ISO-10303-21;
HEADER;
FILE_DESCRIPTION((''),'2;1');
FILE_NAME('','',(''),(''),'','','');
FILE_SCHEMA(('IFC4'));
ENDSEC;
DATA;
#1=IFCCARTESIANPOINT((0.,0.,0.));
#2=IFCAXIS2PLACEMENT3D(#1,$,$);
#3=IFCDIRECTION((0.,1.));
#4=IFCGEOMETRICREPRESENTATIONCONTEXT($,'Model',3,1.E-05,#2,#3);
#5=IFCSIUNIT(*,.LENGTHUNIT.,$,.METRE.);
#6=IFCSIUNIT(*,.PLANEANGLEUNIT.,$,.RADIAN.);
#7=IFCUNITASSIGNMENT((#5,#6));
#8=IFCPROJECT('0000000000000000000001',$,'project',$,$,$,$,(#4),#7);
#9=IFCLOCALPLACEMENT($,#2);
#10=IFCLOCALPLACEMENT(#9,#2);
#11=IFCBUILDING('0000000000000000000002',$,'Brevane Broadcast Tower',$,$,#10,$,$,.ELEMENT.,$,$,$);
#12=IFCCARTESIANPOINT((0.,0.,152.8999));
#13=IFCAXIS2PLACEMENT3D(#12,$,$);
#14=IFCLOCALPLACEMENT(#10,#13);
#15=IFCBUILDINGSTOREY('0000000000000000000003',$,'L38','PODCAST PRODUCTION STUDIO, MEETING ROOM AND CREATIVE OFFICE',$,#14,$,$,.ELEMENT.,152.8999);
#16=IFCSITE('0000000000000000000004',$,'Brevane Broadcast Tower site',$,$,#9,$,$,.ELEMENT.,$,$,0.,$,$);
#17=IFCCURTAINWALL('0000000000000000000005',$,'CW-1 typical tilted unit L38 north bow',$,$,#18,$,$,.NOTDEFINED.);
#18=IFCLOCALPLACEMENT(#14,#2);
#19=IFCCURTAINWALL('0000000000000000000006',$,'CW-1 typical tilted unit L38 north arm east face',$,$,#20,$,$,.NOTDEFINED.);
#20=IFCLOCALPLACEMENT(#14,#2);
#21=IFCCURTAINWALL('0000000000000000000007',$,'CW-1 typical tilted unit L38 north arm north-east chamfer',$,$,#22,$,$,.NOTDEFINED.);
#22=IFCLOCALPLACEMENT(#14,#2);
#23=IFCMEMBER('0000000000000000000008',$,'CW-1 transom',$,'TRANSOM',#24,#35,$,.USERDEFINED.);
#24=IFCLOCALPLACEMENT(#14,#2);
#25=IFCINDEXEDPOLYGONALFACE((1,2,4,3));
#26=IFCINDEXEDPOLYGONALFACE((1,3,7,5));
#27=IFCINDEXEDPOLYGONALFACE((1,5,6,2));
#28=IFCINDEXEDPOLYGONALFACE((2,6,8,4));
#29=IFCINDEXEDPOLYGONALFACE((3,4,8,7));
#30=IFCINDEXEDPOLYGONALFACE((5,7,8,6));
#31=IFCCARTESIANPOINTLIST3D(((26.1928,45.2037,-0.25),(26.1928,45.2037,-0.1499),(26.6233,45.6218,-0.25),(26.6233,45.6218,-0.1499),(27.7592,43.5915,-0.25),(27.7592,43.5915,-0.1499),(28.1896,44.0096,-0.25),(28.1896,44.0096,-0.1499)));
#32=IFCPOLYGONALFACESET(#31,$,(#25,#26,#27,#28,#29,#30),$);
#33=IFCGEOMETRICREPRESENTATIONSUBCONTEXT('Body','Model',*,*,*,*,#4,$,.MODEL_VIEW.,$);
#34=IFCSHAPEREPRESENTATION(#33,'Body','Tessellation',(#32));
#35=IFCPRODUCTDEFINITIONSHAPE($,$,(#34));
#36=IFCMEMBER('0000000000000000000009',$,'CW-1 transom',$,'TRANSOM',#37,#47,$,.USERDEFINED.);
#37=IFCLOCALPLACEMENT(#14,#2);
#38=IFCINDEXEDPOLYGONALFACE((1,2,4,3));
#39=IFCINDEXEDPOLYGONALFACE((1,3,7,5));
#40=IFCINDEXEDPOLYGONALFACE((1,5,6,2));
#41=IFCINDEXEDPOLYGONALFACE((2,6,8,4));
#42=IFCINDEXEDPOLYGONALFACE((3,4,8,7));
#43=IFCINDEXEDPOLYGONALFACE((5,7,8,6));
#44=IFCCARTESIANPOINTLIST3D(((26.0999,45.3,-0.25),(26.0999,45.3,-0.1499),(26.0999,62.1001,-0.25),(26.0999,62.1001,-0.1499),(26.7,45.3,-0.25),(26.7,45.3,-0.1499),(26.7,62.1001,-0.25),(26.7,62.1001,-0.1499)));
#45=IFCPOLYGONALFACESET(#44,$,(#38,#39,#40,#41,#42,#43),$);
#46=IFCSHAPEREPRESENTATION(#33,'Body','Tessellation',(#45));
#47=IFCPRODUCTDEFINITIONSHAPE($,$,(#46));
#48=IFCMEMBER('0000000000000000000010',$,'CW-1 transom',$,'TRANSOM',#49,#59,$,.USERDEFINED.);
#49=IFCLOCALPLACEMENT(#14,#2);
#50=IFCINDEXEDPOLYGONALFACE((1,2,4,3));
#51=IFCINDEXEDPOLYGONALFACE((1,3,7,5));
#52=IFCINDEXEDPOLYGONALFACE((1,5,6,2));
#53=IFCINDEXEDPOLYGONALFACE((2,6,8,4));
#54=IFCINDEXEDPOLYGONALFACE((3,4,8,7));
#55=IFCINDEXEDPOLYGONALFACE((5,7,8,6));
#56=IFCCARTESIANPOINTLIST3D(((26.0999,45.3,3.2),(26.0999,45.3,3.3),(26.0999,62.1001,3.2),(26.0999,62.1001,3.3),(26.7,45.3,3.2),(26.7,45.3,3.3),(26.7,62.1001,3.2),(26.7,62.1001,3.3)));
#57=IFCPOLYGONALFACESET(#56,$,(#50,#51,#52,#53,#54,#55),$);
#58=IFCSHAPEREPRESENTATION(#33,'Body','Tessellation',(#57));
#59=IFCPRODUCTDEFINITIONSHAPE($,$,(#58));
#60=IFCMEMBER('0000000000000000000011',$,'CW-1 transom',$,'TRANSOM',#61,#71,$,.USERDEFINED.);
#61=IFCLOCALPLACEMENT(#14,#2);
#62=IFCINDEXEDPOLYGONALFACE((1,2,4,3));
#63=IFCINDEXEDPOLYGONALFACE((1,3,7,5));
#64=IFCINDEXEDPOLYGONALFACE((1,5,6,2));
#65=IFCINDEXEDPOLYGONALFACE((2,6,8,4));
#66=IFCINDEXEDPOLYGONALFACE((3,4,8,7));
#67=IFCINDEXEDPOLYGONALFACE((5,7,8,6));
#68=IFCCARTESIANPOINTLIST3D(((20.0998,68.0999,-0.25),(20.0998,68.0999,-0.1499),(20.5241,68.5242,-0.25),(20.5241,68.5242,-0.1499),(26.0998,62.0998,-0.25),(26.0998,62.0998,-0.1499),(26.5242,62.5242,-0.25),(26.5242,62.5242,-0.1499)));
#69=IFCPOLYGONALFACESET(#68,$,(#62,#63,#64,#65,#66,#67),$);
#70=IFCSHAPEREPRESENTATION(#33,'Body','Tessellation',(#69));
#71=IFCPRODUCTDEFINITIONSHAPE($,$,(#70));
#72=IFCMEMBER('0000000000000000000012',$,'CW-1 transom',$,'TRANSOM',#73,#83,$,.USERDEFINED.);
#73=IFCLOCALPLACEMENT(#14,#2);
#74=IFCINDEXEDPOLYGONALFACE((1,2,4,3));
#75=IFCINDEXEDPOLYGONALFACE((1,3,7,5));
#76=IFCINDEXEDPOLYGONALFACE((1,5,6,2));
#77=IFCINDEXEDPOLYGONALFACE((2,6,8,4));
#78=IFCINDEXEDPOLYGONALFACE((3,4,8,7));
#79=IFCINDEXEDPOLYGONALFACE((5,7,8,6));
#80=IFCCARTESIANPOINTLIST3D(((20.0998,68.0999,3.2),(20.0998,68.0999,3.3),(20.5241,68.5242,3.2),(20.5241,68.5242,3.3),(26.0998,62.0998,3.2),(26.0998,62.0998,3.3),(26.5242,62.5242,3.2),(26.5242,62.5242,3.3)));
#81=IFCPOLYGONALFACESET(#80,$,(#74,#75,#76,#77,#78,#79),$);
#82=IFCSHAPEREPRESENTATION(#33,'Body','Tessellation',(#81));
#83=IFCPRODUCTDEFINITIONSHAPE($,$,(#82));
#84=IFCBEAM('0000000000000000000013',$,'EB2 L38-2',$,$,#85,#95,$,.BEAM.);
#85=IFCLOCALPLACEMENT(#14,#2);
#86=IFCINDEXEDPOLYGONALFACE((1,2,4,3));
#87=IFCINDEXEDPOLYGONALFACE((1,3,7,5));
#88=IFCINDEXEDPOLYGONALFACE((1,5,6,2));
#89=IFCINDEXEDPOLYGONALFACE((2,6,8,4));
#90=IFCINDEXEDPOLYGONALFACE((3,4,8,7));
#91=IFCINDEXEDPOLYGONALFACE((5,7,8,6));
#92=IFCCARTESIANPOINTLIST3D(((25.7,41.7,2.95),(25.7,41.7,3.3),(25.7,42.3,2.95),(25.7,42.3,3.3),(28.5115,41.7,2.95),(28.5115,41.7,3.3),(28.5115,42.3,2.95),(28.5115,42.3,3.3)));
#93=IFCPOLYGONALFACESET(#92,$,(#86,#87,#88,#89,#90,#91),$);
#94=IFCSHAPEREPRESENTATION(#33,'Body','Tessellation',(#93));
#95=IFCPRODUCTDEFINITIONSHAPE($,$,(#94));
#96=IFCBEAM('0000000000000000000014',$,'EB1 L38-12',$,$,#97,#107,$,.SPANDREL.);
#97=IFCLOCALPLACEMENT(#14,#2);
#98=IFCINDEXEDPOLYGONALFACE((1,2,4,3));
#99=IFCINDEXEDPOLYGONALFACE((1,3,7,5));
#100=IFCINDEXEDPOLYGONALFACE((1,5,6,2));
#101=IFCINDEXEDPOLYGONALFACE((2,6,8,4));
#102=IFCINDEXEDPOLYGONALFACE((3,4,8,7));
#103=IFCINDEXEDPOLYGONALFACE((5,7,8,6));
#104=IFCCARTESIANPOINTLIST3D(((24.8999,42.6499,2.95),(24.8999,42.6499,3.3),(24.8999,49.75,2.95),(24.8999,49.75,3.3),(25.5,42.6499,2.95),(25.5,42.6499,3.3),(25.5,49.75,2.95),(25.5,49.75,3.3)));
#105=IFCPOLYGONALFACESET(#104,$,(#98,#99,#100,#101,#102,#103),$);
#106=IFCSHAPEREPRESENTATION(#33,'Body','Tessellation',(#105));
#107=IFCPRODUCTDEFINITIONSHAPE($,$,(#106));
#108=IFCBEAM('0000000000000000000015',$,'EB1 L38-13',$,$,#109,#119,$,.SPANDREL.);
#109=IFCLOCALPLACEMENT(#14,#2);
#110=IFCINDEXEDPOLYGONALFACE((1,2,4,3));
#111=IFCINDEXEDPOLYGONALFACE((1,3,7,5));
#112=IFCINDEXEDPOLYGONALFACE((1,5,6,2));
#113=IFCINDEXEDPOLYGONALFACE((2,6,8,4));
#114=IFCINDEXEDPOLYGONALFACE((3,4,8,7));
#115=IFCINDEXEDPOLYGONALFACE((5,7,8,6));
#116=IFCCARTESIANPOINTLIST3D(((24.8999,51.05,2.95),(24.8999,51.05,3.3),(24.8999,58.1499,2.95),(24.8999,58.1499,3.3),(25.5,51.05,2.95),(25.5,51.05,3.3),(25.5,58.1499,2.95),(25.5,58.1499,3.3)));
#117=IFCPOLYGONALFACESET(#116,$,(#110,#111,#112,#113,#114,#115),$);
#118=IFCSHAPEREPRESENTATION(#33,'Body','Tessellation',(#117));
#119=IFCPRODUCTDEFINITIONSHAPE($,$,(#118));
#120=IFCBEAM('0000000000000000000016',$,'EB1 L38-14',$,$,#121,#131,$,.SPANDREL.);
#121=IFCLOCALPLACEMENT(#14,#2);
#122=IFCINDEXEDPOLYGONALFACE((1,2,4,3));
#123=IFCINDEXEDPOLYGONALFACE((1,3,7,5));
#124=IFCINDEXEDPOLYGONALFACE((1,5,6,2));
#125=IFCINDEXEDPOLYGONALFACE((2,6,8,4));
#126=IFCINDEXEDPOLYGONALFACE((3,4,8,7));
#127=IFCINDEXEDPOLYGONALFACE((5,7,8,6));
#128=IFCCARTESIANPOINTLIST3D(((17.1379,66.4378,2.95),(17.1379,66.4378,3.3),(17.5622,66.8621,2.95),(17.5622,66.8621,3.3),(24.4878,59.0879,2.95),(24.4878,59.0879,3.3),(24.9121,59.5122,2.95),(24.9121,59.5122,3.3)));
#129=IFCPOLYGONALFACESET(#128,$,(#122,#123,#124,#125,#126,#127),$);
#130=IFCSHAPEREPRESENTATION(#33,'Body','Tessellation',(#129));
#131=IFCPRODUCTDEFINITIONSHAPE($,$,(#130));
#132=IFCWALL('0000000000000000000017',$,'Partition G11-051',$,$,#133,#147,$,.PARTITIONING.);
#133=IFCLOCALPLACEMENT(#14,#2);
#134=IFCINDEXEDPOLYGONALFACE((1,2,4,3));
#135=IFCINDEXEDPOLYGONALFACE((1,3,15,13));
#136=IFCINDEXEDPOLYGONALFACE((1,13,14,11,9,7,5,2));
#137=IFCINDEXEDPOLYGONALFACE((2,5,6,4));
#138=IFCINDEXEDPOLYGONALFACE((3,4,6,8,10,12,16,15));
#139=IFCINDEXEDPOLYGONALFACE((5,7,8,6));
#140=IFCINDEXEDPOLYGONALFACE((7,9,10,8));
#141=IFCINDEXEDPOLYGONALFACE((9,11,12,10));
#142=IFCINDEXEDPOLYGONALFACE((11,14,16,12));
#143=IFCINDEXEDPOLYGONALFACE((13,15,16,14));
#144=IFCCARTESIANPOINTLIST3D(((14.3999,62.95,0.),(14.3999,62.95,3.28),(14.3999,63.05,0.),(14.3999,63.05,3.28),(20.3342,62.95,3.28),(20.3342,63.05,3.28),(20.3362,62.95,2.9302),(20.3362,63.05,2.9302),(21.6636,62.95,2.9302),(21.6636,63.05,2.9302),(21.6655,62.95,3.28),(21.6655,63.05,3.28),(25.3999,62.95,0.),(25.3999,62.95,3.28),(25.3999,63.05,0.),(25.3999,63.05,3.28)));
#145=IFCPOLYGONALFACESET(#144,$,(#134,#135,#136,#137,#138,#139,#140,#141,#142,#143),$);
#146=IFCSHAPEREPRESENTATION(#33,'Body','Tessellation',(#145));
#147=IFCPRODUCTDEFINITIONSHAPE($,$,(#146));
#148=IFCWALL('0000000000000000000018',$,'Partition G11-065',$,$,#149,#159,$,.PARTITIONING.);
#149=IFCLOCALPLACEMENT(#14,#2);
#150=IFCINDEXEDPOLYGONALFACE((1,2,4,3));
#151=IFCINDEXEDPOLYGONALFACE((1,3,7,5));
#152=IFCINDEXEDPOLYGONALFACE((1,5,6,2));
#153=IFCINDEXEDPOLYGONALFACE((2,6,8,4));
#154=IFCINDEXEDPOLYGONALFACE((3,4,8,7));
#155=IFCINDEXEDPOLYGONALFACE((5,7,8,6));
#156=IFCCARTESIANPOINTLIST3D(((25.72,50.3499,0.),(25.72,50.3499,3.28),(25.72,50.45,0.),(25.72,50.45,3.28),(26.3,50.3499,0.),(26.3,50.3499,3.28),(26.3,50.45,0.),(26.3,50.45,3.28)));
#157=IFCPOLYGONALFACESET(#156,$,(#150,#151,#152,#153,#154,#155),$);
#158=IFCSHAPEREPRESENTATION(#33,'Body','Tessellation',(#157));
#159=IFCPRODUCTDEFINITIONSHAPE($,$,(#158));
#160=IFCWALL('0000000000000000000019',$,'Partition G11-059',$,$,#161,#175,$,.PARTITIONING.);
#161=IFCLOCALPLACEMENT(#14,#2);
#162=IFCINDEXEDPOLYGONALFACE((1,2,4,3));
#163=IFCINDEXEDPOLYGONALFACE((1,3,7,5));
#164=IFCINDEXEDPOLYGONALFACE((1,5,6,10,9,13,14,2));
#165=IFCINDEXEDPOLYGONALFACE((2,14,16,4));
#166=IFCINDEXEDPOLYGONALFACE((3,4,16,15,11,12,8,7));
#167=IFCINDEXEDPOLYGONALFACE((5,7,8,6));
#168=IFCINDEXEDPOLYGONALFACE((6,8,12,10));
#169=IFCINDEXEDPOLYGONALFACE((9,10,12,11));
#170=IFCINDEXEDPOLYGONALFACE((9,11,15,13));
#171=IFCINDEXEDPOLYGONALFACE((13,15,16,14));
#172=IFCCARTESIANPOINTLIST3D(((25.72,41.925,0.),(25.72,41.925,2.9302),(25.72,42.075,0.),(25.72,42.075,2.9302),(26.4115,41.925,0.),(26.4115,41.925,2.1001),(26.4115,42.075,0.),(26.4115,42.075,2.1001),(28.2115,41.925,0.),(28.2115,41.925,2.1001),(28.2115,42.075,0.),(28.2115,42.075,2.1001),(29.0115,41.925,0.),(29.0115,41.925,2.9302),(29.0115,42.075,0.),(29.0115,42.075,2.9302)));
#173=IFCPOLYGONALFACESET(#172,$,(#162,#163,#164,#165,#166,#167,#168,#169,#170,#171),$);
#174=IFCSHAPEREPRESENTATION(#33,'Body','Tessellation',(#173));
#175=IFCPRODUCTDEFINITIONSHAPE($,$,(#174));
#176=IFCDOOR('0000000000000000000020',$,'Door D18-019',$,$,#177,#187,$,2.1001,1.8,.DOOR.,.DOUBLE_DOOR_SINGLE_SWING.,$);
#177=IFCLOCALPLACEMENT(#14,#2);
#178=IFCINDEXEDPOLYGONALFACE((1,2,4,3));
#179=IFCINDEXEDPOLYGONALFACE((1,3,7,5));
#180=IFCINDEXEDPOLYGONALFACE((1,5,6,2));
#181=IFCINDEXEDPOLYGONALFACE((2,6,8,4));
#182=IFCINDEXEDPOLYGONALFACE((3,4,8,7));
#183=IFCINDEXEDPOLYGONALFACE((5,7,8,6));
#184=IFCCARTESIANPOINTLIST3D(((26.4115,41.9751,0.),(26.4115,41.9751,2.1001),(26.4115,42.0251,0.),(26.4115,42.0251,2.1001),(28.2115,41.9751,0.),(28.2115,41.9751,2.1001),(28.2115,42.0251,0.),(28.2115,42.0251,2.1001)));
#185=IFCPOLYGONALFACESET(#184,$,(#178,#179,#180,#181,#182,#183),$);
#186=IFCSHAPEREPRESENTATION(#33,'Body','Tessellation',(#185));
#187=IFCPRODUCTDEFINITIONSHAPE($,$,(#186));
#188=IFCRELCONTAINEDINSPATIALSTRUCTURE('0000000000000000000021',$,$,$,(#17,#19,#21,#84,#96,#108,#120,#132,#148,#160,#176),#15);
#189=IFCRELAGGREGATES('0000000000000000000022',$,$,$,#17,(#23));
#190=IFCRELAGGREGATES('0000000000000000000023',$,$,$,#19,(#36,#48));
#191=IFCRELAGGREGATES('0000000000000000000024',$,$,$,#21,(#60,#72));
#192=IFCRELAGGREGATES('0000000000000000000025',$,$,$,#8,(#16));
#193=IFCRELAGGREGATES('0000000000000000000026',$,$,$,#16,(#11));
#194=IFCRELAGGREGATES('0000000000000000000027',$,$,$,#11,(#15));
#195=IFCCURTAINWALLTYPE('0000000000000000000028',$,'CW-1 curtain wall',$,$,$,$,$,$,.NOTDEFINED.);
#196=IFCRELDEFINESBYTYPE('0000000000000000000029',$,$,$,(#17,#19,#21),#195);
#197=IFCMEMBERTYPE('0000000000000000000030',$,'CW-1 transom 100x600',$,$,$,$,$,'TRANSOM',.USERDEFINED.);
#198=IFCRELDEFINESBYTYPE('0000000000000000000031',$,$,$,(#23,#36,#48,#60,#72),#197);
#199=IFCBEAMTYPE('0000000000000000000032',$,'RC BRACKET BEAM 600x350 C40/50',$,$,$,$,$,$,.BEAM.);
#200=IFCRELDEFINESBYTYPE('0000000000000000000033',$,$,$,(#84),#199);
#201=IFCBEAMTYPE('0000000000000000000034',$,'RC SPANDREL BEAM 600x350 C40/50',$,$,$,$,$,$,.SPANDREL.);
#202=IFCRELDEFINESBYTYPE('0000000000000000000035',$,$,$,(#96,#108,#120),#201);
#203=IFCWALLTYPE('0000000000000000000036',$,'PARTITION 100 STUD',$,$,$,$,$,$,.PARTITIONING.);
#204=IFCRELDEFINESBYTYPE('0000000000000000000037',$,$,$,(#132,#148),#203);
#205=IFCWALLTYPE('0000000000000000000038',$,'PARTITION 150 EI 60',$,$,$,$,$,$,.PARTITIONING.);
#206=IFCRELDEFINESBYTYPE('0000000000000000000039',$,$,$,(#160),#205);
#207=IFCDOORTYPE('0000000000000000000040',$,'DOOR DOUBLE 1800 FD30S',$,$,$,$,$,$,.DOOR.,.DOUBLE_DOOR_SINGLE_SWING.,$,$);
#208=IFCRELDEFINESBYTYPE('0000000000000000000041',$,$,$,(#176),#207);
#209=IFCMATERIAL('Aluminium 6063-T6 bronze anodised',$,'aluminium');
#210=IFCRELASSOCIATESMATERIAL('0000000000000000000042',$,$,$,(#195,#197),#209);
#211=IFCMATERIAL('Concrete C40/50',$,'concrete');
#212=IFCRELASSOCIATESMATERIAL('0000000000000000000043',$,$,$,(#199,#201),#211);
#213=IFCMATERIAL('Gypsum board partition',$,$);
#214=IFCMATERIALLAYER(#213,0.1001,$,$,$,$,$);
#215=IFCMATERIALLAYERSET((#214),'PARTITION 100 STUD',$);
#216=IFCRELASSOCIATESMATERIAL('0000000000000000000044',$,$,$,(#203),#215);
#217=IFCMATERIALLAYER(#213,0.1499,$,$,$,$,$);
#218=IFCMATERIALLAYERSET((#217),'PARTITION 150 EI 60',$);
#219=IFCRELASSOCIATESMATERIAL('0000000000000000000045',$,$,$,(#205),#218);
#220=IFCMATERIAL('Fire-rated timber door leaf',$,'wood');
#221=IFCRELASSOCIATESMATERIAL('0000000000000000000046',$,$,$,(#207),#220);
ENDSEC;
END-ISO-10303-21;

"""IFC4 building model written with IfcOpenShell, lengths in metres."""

from ifc_helpers import new_model, si_unit, direction, frame, frame_2d, origin, origin_2d, place, context, subcontext, project, spatial, polyline, rectangle, outline, extrude, material, layer, layer_set, material_profile, profile_set, type_object, element, fill, aggregate, save


model = new_model("IFC4")

# Units and contexts
model_context = context("Model", 3, precision=1e-05, world=origin(), true_north=direction((0.0, 1.0)))
body_context = subcontext(model_context, "Body", "Model", "MODEL_VIEW")
ifc_project = project(units=[si_unit("LENGTHUNIT", "METRE"), si_unit("PLANEANGLEUNIT", "RADIAN")], contexts=[model_context])

# Site, building, storey
site_placement = place(None, origin())
site = spatial("IfcSite", under=ifc_project, at=site_placement, Name="Brevane Broadcast Tower site", CompositionType="ELEMENT", RefElevation=0.0)
building_placement = place(site_placement, origin())
building = spatial("IfcBuilding", under=site, at=building_placement, Name="Brevane Broadcast Tower", CompositionType="ELEMENT")
storey_placement = place(building_placement, frame((0.0, 0.0, 152.8999)))
storey = spatial("IfcBuildingStorey", under=building, at=storey_placement, Name="L38", Description="PODCAST PRODUCTION STUDIO, MEETING ROOM AND CREATIVE OFFICE", CompositionType="ELEMENT", Elevation=152.8999)

# Curtain walls
ifc_material_1 = material(Name="Aluminium 6063-T6 bronze anodised", Category="aluminium")
curtain_wall_type = type_object("IfcCurtainWallType", Name="CW-1 curtain wall", PredefinedType="NOTDEFINED", material=ifc_material_1)
curtain_wall_1_placement = place(storey_placement, origin())
curtain_wall_1 = element("IfcCurtainWall", 1, at=curtain_wall_1_placement, inside=storey, type_object=curtain_wall_type, Name="CW-1 typical tilted unit L38 north bow", PredefinedType="NOTDEFINED")
curtain_wall_2_placement = place(storey_placement, origin())
curtain_wall_2 = element("IfcCurtainWall", 2, at=curtain_wall_2_placement, inside=storey, type_object=curtain_wall_type, Name="CW-1 typical tilted unit L38 north arm east face", PredefinedType="NOTDEFINED")
curtain_wall_3_placement = place(storey_placement, origin())
curtain_wall_3 = element("IfcCurtainWall", 3, at=curtain_wall_3_placement, inside=storey, type_object=curtain_wall_type, Name="CW-1 typical tilted unit L38 north arm north-east chamfer", PredefinedType="NOTDEFINED")

# Members
ifc_material_profile_1 = material_profile(ifc_material_1, rectangle(XDim=0.6001, YDim=0.1001, at=origin_2d()), Name="RECT 100x600")
ifc_profile_set_1 = profile_set([ifc_material_profile_1], Name="Aluminium 6063-T6 bronze anodised")
member_type_1 = type_object("IfcMemberType", Name="CW-1 transom 100x600", ElementType="TRANSOM", PredefinedType="USERDEFINED", material=ifc_profile_set_1)
member_1_placement = place(storey_placement, frame((27.9744, 43.8005, -0.2), z_axis=(-0.696824, 0.717242, 0.0), x_axis=(-0.717242, -0.696824, 0.0)))
member_1 = element("IfcMember", 4, at=member_1_placement, type_object=member_type_1, Name="CW-1 transom", ObjectType="TRANSOM", PredefinedType="USERDEFINED", context=body_context, shape_type="SweptSolid", body=[
    extrude(rectangle(XDim=0.6001, YDim=0.1001, at=origin_2d()), origin(), (0.0, 0.0, 1.0), 2.2478),
])
aggregate(curtain_wall_1, [member_1])
member_2_placement = place(storey_placement, frame((26.3999, 45.3, -0.2), z_axis=(0.0, 1.0, 0.0), x_axis=(-1.0, 0.0, 0.0)))
member_2 = element("IfcMember", 5, at=member_2_placement, type_object=member_type_1, Name="CW-1 transom", ObjectType="TRANSOM", PredefinedType="USERDEFINED", context=body_context, shape_type="SweptSolid", body=[
    extrude(rectangle(XDim=0.6001, YDim=0.1001, at=origin_2d()), origin(), (0.0, 0.0, 1.0), 16.8),
])
member_3_placement = place(storey_placement, frame((26.3999, 45.3, 3.25), z_axis=(0.0, 1.0, 0.0), x_axis=(-1.0, 0.0, 0.0)))
member_3 = element("IfcMember", 6, at=member_3_placement, type_object=member_type_1, Name="CW-1 transom", ObjectType="TRANSOM", PredefinedType="USERDEFINED", context=body_context, shape_type="SweptSolid", body=[
    extrude(rectangle(XDim=0.6001, YDim=0.1001, at=origin_2d()), origin(), (0.0, 0.0, 1.0), 16.8),
])
aggregate(curtain_wall_2, [member_2, member_3])
member_4_placement = place(storey_placement, frame((26.312, 62.312, -0.2), z_axis=(-0.707107, 0.707107, 0.0), x_axis=(-0.707107, -0.707107, 0.0)))
member_4 = element("IfcMember", 7, at=member_4_placement, type_object=member_type_1, Name="CW-1 transom", ObjectType="TRANSOM", PredefinedType="USERDEFINED", context=body_context, shape_type="SweptSolid", body=[
    extrude(rectangle(XDim=0.6001, YDim=0.1001, at=origin_2d()), origin(), (0.0, 0.0, 1.0), 8.4854),
])
member_5_placement = place(storey_placement, frame((26.312, 62.312, 3.25), z_axis=(-0.707107, 0.707107, 0.0), x_axis=(-0.707107, -0.707107, 0.0)))
member_5 = element("IfcMember", 8, at=member_5_placement, type_object=member_type_1, Name="CW-1 transom", ObjectType="TRANSOM", PredefinedType="USERDEFINED", context=body_context, shape_type="SweptSolid", body=[
    extrude(rectangle(XDim=0.6001, YDim=0.1001, at=origin_2d()), origin(), (0.0, 0.0, 1.0), 8.4854),
])
aggregate(curtain_wall_3, [member_4, member_5])

# Beams
ifc_material_2 = material(Name="Concrete C40/50", Category="concrete")
ifc_material_profile_2 = material_profile(ifc_material_2, rectangle(XDim=0.6001, YDim=0.3501, at=origin_2d()), Name="RC 600x350")
ifc_profile_set_2 = profile_set([ifc_material_profile_2], Name="Concrete C40/50")
beam_type_1 = type_object("IfcBeamType", Name="RC BRACKET BEAM 600x350 C40/50", PredefinedType="BEAM", material=ifc_profile_set_2)
beam_1_placement = place(storey_placement, frame((25.7, 42.0, 3.125), z_axis=(1.0, 0.0, 0.0), x_axis=(0.0, 1.0, 0.0)))
element("IfcBeam", 9, at=beam_1_placement, inside=storey, type_object=beam_type_1, Name="EB2 L38-2", PredefinedType="BEAM", context=body_context, shape_type="SweptSolid", body=[
    extrude(rectangle(XDim=0.6001, YDim=0.3501, at=origin_2d()), origin(), (0.0, 0.0, 1.0), 2.8115),
])
ifc_material_profile_3 = material_profile(ifc_material_2, rectangle(XDim=0.6001, YDim=0.3501, at=origin_2d()), Name="RC 600x350")
ifc_profile_set_3 = profile_set([ifc_material_profile_3], Name="Concrete C40/50")
beam_type_2 = type_object("IfcBeamType", Name="RC SPANDREL BEAM 600x350 C40/50", PredefinedType="SPANDREL", material=ifc_profile_set_3)
beam_2_placement = place(storey_placement, frame((25.2, 42.6499, 3.125), z_axis=(0.0, 1.0, 0.0), x_axis=(-1.0, 0.0, 0.0)))
element("IfcBeam", 10, at=beam_2_placement, inside=storey, type_object=beam_type_2, Name="EB1 L38-12", PredefinedType="SPANDREL", context=body_context, shape_type="SweptSolid", body=[
    extrude(rectangle(XDim=0.6001, YDim=0.3501, at=origin_2d()), origin(), (0.0, 0.0, 1.0), 7.1001),
])
beam_3_placement = place(storey_placement, frame((25.2, 51.05, 3.125), z_axis=(0.0, 1.0, 0.0), x_axis=(-1.0, 0.0, 0.0)))
element("IfcBeam", 11, at=beam_3_placement, inside=storey, type_object=beam_type_2, Name="EB1 L38-13", PredefinedType="SPANDREL", context=body_context, shape_type="SweptSolid", body=[
    extrude(rectangle(XDim=0.6001, YDim=0.3501, at=origin_2d()), origin(), (0.0, 0.0, 1.0), 7.0999),
])
beam_4_placement = place(storey_placement, frame((24.7, 59.3, 3.125), z_axis=(-0.707107, 0.707107, 0.0), x_axis=(-0.707107, -0.707107, 0.0)))
element("IfcBeam", 12, at=beam_4_placement, inside=storey, type_object=beam_type_2, Name="EB1 L38-14", PredefinedType="SPANDREL", context=body_context, shape_type="SweptSolid", body=[
    extrude(rectangle(XDim=0.6001, YDim=0.3501, at=origin_2d()), origin(), (0.0, 0.0, 1.0), 10.3943),
])

# Walls
ifc_material_3 = material(Name="Gypsum board partition")
ifc_layer_1 = layer(ifc_material_3, 0.1001)
ifc_layer_set_1 = layer_set([ifc_layer_1], Name="PARTITION 100 STUD")
wall_type_1 = type_object("IfcWallType", Name="PARTITION 100 STUD", PredefinedType="PARTITIONING", material=ifc_layer_set_1)
wall_1_placement = place(storey_placement, frame((25.3999, 63.0, 0.0), z_axis=(0.0, 0.0, 1.0), x_axis=(-1.0, 0.0, 0.0)))
element("IfcWall", 13, at=wall_1_placement, inside=storey, type_object=wall_type_1, Name="Partition G11-051", PredefinedType="PARTITIONING", context=body_context, shape_type="SweptSolid", body=[
    extrude(outline(polyline([(0.0, 0.0), (11.0, 0.0), (11.0, 3.28), (5.0657, 3.28), (5.0637, 2.9302), (3.7363, 2.9302), (3.7344, 3.28), (0.0, 3.28), (0.0, 0.0)])), frame((0.0, 0.05, 0.0), z_axis=(0.0, -1.0, 0.0), x_axis=(1.0, 0.0, 0.0)), (0.0, 0.0, 1.0), 0.1001),
])
wall_2_placement = place(storey_placement, frame((25.72, 50.3999, 0.0), z_axis=(0.0, 0.0, 1.0), x_axis=(1.0, 0.0, 0.0)))
element("IfcWall", 14, at=wall_2_placement, inside=storey, type_object=wall_type_1, Name="Partition G11-065", PredefinedType="PARTITIONING", context=body_context, shape_type="SweptSolid", body=[
    extrude(rectangle(XDim=0.5801, YDim=0.1001, at=frame_2d((0.29, 0.0))), origin(), (0.0, 0.0, 1.0), 3.28),
])

# Wall, opening, door
ifc_layer_2 = layer(ifc_material_3, 0.1499)
ifc_layer_set_2 = layer_set([ifc_layer_2], Name="PARTITION 150 EI 60")
wall_type_2 = type_object("IfcWallType", Name="PARTITION 150 EI 60", PredefinedType="PARTITIONING", material=ifc_layer_set_2)
wall_3_placement = place(storey_placement, frame((29.0115, 42.0, 0.0), z_axis=(0.0, 0.0, 1.0), x_axis=(-1.0, 0.0, 0.0)))
wall_3 = element("IfcWall", 15, at=wall_3_placement, inside=storey, type_object=wall_type_2, Name="Partition G11-059", PredefinedType="PARTITIONING", context=body_context, shape_type="SweptSolid", body=[
    extrude(rectangle(XDim=3.2915, YDim=0.1499, at=frame_2d((1.6458, 0.0))), origin(), (0.0, 0.0, 1.0), 2.9302),
])
opening_placement = place(wall_3_placement, frame((0.8, 0.0, 0.0)))
opening = element("IfcOpeningElement", 16, at=opening_placement, cuts=wall_3, PredefinedType="OPENING", context=body_context, shape_type="SweptSolid", body=[
    extrude(rectangle(XDim=1.8, YDim=2.1001, at=frame_2d((0.8999, 1.05))), frame((0.0, 0.085, 0.0), z_axis=(0.0, -1.0, 0.0), x_axis=(1.0, 0.0, 0.0)), (0.0, 0.0, 1.0), 0.1699),
])
ifc_material_4 = material(Name="Fire-rated timber door leaf", Category="wood")
door_type = type_object("IfcDoorType", Name="DOOR DOUBLE 1800 FD30S", OperationType="DOUBLE_DOOR_SINGLE_SWING", PredefinedType="DOOR", material=ifc_material_4)
door_placement = place(opening_placement, origin())
door = element("IfcDoor", 17, at=door_placement, inside=storey, type_object=door_type, Name="Door D18-019", OperationType="DOUBLE_DOOR_SINGLE_SWING", OverallHeight=2.1001, OverallWidth=1.8, PredefinedType="DOOR", context=body_context, shape_type="SweptSolid", body=[
    extrude(rectangle(XDim=1.8, YDim=2.1001, at=frame_2d((0.8999, 1.05))), frame((0.0, 0.0249, 0.0), z_axis=(0.0, -1.0, 0.0), x_axis=(1.0, 0.0, 0.0)), (0.0, 0.0, 1.0), 0.05),
])
fill(opening, door)

save(model, "model.ifc")
